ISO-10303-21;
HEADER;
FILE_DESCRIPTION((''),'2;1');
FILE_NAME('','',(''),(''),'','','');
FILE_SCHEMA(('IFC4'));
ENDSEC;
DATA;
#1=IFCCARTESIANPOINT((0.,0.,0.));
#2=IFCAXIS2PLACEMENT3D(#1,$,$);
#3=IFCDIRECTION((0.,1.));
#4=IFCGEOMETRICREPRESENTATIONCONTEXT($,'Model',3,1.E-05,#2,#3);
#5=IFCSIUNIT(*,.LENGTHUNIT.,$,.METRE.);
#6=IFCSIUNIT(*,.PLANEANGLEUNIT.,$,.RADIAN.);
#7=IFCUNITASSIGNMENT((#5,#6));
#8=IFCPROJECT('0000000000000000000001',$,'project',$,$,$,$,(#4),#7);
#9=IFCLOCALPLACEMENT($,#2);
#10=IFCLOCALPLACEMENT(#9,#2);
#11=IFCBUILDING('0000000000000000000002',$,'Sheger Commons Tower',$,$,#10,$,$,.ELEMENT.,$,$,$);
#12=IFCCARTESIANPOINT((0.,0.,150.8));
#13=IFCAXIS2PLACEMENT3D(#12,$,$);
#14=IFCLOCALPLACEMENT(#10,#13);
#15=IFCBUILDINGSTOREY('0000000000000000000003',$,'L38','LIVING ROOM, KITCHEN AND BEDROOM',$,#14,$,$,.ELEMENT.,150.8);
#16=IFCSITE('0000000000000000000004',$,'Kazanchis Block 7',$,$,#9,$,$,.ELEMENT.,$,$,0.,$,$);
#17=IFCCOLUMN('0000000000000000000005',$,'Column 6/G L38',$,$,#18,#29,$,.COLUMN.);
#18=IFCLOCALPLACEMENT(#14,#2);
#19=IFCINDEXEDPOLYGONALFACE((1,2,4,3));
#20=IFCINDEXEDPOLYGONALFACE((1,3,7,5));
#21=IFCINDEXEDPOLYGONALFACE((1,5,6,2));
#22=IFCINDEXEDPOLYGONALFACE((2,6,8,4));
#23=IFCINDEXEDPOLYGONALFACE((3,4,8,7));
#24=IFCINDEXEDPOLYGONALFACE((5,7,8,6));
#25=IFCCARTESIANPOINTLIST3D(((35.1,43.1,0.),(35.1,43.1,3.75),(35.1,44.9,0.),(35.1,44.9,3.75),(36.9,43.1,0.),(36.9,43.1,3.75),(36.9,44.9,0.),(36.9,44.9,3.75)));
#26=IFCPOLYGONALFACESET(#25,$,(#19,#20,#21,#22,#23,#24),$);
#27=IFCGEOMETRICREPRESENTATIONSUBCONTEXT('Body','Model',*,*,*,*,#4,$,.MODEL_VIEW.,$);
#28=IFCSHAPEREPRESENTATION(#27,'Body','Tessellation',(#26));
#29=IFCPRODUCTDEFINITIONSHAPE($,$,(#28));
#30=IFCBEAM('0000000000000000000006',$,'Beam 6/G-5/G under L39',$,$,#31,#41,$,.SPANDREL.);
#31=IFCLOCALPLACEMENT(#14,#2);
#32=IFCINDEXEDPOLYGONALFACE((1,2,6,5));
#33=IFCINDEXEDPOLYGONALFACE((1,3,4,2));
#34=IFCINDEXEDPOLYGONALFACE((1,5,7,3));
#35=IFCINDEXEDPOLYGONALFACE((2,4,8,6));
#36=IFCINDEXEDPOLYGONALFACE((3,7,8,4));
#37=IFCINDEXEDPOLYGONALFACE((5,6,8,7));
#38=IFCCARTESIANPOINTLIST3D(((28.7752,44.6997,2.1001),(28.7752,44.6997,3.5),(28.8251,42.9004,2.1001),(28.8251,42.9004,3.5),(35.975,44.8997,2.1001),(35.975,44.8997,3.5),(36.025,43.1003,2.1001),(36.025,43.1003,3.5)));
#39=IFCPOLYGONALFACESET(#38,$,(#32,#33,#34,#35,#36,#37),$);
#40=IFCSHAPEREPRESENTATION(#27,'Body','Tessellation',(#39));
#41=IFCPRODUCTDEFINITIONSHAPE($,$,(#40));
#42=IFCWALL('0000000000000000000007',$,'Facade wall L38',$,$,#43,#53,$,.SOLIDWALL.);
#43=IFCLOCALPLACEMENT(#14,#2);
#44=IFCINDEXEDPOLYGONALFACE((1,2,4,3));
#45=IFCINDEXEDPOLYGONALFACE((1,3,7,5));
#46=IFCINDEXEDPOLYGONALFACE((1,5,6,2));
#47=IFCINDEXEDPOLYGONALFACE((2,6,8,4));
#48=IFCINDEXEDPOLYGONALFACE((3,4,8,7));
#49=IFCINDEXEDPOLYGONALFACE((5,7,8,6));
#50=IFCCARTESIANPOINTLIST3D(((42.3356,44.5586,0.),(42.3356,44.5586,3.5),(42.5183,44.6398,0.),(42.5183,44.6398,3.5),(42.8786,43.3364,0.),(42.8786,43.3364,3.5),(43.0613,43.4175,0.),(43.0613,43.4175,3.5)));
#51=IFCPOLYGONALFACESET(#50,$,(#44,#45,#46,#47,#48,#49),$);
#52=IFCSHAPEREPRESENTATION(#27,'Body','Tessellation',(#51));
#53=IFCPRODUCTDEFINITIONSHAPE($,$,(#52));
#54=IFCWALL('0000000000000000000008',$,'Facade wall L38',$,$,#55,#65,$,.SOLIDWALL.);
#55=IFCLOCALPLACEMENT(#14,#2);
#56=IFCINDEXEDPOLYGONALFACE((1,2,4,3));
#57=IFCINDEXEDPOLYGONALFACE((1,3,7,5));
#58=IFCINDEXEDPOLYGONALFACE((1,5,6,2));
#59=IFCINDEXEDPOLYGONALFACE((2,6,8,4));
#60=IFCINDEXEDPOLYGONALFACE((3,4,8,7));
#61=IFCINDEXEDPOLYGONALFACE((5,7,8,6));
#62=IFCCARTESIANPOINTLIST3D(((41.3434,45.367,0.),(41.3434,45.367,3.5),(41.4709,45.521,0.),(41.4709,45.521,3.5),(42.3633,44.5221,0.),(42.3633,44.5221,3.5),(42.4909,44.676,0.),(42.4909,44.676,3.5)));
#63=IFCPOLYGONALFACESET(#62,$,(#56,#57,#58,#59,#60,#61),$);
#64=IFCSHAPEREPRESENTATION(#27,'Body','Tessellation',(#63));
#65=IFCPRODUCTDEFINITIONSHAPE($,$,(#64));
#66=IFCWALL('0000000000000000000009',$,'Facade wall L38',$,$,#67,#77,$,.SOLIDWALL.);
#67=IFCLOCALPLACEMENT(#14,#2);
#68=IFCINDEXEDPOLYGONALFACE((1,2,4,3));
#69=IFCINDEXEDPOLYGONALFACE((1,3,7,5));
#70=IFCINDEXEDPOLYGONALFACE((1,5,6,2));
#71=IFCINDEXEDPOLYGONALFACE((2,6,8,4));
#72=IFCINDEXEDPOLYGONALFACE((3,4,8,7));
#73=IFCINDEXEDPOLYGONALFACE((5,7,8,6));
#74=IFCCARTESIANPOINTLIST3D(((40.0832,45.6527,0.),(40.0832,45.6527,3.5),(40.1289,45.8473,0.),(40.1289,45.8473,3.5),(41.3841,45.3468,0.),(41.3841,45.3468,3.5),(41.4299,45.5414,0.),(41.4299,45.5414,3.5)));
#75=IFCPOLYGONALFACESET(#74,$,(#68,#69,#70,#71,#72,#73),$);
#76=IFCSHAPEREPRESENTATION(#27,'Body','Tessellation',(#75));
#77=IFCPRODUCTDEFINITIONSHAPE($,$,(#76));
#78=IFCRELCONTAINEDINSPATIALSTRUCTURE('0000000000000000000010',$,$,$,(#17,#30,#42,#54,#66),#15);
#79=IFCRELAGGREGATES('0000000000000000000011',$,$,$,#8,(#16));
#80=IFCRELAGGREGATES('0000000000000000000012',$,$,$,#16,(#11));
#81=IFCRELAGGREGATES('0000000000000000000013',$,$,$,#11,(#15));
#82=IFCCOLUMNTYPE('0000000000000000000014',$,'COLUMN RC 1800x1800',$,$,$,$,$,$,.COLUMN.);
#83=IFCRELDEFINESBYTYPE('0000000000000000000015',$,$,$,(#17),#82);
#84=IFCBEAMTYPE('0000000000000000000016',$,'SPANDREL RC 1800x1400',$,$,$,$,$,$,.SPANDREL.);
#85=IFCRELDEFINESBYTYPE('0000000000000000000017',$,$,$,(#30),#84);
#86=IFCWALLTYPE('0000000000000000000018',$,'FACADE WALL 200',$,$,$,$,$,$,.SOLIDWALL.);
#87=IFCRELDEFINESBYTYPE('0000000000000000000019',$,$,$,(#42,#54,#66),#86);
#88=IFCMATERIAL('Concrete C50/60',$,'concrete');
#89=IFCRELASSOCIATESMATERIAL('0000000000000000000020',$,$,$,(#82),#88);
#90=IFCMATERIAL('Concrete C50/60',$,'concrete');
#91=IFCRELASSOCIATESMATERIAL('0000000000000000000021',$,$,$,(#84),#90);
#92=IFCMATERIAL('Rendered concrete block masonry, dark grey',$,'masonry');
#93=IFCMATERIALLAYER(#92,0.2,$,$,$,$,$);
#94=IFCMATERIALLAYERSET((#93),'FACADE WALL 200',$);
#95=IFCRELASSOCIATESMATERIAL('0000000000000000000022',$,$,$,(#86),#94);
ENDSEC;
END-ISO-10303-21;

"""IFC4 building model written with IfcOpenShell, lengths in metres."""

from ifc_helpers import new_model, si_unit, direction, frame, frame_2d, origin, origin_2d, place, context, subcontext, project, spatial, rectangle, extrude, material, layer, layer_set, material_profile, profile_set, type_object, element, save


model = new_model("IFC4")

# Units and contexts
model_context = context("Model", 3, precision=1e-05, world=origin(), true_north=direction((0.0, 1.0)))
body_context = subcontext(model_context, "Body", "Model", "MODEL_VIEW")
ifc_project = project(units=[si_unit("LENGTHUNIT", "METRE"), si_unit("PLANEANGLEUNIT", "RADIAN")], contexts=[model_context])

# Site, building, storey
site_placement = place(None, origin())
site = spatial("IfcSite", under=ifc_project, at=site_placement, Name="Kazanchis Block 7", CompositionType="ELEMENT", RefElevation=0.0)
building_placement = place(site_placement, origin())
building = spatial("IfcBuilding", under=site, at=building_placement, Name="Sheger Commons Tower", CompositionType="ELEMENT")
storey_placement = place(building_placement, frame((0.0, 0.0, 150.8)))
storey = spatial("IfcBuildingStorey", under=building, at=storey_placement, Name="L38", Description="LIVING ROOM, KITCHEN AND BEDROOM", CompositionType="ELEMENT", Elevation=150.8)

# Column
ifc_material_1 = material(Name="Concrete C50/60", Category="concrete")
ifc_material_profile_1 = material_profile(ifc_material_1, rectangle(XDim=1.8, YDim=1.8, at=origin_2d()), Name="RC 1800x1800")
ifc_profile_set_1 = profile_set([ifc_material_profile_1], Name="Concrete C50/60")
column_type = type_object("IfcColumnType", Name="COLUMN RC 1800x1800", PredefinedType="COLUMN", material=ifc_profile_set_1)
column_placement = place(storey_placement, frame((36.0, 44.0, 0.0), z_axis=(0.0, 0.0, 1.0), x_axis=(1.0, 0.0, 0.0)))
element("IfcColumn", 1, at=column_placement, inside=storey, type_object=column_type, Name="Column 6/G L38", PredefinedType="COLUMN", context=body_context, shape_type="SweptSolid", body=[
    extrude(rectangle(XDim=1.8, YDim=1.8, at=origin_2d()), origin(), (0.0, 0.0, 1.0), 3.75),
])

# Beam
ifc_material_2 = material(Name="Concrete C50/60", Category="concrete")
ifc_material_profile_2 = material_profile(ifc_material_2, rectangle(XDim=1.8, YDim=1.3999, at=origin_2d()), Name="RC 1800x1400")
ifc_profile_set_2 = profile_set([ifc_material_profile_2], Name="Concrete C50/60")
beam_type = type_object("IfcBeamType", Name="SPANDREL RC 1800x1400", PredefinedType="SPANDREL", material=ifc_profile_set_2)
beam_placement = place(storey_placement, frame((36.0, 44.0, 2.8), z_axis=(-0.999615, -0.02776, 0.0), x_axis=(0.02776, -0.999615, 0.0)))
element("IfcBeam", 2, at=beam_placement, inside=storey, type_object=beam_type, Name="Beam 6/G-5/G under L39", PredefinedType="SPANDREL", context=body_context, shape_type="SweptSolid", body=[
    extrude(rectangle(XDim=1.8, YDim=1.3999, at=origin_2d()), origin(), (0.0, 0.0, 1.0), 7.2026),
])

# Walls
ifc_material_3 = material(Name="Rendered concrete block masonry, dark grey", Category="masonry")
ifc_layer_1 = layer(ifc_material_3, 0.2)
ifc_layer_set_1 = layer_set([ifc_layer_1], Name="FACADE WALL 200")
wall_type_1 = type_object("IfcWallType", Name="FACADE WALL 200", PredefinedType="SOLIDWALL", material=ifc_layer_set_1)
wall_1_placement = place(storey_placement, frame((42.97, 43.377, 0.0), z_axis=(0.0, 0.0, 1.0), x_axis=(-0.406003, 0.913872, 0.0)))
element("IfcWall", 3, at=wall_1_placement, inside=storey, type_object=wall_type_1, Name="Facade wall L38", PredefinedType="SOLIDWALL", context=body_context, shape_type="SweptSolid", body=[
    extrude(rectangle(XDim=1.3374, YDim=0.2, at=frame_2d((0.6687, 0.0))), origin(), (0.0, 0.0, 1.0), 3.5),
])
wall_2_placement = place(storey_placement, frame((42.427, 44.5991, 0.0), z_axis=(0.0, 0.0, 1.0), x_axis=(-0.770091, 0.637934, 0.0)))
element("IfcWall", 4, at=wall_2_placement, inside=storey, type_object=wall_type_1, Name="Facade wall L38", PredefinedType="SOLIDWALL", context=body_context, shape_type="SweptSolid", body=[
    extrude(rectangle(XDim=1.3245, YDim=0.2, at=frame_2d((0.6621, 0.0))), origin(), (0.0, 0.0, 1.0), 3.5),
])
wall_3_placement = place(storey_placement, frame((41.407, 45.4441, 0.0), z_axis=(0.0, 0.0, 1.0), x_axis=(-0.973453, 0.228887, 0.0)))
element("IfcWall", 5, at=wall_3_placement, inside=storey, type_object=wall_type_1, Name="Facade wall L38", PredefinedType="SOLIDWALL", context=body_context, shape_type="SweptSolid", body=[
    extrude(rectangle(XDim=1.3364, YDim=0.2, at=frame_2d((0.6682, 0.0))), origin(), (0.0, 0.0, 1.0), 3.5),
])

save(model, "model.ifc")
